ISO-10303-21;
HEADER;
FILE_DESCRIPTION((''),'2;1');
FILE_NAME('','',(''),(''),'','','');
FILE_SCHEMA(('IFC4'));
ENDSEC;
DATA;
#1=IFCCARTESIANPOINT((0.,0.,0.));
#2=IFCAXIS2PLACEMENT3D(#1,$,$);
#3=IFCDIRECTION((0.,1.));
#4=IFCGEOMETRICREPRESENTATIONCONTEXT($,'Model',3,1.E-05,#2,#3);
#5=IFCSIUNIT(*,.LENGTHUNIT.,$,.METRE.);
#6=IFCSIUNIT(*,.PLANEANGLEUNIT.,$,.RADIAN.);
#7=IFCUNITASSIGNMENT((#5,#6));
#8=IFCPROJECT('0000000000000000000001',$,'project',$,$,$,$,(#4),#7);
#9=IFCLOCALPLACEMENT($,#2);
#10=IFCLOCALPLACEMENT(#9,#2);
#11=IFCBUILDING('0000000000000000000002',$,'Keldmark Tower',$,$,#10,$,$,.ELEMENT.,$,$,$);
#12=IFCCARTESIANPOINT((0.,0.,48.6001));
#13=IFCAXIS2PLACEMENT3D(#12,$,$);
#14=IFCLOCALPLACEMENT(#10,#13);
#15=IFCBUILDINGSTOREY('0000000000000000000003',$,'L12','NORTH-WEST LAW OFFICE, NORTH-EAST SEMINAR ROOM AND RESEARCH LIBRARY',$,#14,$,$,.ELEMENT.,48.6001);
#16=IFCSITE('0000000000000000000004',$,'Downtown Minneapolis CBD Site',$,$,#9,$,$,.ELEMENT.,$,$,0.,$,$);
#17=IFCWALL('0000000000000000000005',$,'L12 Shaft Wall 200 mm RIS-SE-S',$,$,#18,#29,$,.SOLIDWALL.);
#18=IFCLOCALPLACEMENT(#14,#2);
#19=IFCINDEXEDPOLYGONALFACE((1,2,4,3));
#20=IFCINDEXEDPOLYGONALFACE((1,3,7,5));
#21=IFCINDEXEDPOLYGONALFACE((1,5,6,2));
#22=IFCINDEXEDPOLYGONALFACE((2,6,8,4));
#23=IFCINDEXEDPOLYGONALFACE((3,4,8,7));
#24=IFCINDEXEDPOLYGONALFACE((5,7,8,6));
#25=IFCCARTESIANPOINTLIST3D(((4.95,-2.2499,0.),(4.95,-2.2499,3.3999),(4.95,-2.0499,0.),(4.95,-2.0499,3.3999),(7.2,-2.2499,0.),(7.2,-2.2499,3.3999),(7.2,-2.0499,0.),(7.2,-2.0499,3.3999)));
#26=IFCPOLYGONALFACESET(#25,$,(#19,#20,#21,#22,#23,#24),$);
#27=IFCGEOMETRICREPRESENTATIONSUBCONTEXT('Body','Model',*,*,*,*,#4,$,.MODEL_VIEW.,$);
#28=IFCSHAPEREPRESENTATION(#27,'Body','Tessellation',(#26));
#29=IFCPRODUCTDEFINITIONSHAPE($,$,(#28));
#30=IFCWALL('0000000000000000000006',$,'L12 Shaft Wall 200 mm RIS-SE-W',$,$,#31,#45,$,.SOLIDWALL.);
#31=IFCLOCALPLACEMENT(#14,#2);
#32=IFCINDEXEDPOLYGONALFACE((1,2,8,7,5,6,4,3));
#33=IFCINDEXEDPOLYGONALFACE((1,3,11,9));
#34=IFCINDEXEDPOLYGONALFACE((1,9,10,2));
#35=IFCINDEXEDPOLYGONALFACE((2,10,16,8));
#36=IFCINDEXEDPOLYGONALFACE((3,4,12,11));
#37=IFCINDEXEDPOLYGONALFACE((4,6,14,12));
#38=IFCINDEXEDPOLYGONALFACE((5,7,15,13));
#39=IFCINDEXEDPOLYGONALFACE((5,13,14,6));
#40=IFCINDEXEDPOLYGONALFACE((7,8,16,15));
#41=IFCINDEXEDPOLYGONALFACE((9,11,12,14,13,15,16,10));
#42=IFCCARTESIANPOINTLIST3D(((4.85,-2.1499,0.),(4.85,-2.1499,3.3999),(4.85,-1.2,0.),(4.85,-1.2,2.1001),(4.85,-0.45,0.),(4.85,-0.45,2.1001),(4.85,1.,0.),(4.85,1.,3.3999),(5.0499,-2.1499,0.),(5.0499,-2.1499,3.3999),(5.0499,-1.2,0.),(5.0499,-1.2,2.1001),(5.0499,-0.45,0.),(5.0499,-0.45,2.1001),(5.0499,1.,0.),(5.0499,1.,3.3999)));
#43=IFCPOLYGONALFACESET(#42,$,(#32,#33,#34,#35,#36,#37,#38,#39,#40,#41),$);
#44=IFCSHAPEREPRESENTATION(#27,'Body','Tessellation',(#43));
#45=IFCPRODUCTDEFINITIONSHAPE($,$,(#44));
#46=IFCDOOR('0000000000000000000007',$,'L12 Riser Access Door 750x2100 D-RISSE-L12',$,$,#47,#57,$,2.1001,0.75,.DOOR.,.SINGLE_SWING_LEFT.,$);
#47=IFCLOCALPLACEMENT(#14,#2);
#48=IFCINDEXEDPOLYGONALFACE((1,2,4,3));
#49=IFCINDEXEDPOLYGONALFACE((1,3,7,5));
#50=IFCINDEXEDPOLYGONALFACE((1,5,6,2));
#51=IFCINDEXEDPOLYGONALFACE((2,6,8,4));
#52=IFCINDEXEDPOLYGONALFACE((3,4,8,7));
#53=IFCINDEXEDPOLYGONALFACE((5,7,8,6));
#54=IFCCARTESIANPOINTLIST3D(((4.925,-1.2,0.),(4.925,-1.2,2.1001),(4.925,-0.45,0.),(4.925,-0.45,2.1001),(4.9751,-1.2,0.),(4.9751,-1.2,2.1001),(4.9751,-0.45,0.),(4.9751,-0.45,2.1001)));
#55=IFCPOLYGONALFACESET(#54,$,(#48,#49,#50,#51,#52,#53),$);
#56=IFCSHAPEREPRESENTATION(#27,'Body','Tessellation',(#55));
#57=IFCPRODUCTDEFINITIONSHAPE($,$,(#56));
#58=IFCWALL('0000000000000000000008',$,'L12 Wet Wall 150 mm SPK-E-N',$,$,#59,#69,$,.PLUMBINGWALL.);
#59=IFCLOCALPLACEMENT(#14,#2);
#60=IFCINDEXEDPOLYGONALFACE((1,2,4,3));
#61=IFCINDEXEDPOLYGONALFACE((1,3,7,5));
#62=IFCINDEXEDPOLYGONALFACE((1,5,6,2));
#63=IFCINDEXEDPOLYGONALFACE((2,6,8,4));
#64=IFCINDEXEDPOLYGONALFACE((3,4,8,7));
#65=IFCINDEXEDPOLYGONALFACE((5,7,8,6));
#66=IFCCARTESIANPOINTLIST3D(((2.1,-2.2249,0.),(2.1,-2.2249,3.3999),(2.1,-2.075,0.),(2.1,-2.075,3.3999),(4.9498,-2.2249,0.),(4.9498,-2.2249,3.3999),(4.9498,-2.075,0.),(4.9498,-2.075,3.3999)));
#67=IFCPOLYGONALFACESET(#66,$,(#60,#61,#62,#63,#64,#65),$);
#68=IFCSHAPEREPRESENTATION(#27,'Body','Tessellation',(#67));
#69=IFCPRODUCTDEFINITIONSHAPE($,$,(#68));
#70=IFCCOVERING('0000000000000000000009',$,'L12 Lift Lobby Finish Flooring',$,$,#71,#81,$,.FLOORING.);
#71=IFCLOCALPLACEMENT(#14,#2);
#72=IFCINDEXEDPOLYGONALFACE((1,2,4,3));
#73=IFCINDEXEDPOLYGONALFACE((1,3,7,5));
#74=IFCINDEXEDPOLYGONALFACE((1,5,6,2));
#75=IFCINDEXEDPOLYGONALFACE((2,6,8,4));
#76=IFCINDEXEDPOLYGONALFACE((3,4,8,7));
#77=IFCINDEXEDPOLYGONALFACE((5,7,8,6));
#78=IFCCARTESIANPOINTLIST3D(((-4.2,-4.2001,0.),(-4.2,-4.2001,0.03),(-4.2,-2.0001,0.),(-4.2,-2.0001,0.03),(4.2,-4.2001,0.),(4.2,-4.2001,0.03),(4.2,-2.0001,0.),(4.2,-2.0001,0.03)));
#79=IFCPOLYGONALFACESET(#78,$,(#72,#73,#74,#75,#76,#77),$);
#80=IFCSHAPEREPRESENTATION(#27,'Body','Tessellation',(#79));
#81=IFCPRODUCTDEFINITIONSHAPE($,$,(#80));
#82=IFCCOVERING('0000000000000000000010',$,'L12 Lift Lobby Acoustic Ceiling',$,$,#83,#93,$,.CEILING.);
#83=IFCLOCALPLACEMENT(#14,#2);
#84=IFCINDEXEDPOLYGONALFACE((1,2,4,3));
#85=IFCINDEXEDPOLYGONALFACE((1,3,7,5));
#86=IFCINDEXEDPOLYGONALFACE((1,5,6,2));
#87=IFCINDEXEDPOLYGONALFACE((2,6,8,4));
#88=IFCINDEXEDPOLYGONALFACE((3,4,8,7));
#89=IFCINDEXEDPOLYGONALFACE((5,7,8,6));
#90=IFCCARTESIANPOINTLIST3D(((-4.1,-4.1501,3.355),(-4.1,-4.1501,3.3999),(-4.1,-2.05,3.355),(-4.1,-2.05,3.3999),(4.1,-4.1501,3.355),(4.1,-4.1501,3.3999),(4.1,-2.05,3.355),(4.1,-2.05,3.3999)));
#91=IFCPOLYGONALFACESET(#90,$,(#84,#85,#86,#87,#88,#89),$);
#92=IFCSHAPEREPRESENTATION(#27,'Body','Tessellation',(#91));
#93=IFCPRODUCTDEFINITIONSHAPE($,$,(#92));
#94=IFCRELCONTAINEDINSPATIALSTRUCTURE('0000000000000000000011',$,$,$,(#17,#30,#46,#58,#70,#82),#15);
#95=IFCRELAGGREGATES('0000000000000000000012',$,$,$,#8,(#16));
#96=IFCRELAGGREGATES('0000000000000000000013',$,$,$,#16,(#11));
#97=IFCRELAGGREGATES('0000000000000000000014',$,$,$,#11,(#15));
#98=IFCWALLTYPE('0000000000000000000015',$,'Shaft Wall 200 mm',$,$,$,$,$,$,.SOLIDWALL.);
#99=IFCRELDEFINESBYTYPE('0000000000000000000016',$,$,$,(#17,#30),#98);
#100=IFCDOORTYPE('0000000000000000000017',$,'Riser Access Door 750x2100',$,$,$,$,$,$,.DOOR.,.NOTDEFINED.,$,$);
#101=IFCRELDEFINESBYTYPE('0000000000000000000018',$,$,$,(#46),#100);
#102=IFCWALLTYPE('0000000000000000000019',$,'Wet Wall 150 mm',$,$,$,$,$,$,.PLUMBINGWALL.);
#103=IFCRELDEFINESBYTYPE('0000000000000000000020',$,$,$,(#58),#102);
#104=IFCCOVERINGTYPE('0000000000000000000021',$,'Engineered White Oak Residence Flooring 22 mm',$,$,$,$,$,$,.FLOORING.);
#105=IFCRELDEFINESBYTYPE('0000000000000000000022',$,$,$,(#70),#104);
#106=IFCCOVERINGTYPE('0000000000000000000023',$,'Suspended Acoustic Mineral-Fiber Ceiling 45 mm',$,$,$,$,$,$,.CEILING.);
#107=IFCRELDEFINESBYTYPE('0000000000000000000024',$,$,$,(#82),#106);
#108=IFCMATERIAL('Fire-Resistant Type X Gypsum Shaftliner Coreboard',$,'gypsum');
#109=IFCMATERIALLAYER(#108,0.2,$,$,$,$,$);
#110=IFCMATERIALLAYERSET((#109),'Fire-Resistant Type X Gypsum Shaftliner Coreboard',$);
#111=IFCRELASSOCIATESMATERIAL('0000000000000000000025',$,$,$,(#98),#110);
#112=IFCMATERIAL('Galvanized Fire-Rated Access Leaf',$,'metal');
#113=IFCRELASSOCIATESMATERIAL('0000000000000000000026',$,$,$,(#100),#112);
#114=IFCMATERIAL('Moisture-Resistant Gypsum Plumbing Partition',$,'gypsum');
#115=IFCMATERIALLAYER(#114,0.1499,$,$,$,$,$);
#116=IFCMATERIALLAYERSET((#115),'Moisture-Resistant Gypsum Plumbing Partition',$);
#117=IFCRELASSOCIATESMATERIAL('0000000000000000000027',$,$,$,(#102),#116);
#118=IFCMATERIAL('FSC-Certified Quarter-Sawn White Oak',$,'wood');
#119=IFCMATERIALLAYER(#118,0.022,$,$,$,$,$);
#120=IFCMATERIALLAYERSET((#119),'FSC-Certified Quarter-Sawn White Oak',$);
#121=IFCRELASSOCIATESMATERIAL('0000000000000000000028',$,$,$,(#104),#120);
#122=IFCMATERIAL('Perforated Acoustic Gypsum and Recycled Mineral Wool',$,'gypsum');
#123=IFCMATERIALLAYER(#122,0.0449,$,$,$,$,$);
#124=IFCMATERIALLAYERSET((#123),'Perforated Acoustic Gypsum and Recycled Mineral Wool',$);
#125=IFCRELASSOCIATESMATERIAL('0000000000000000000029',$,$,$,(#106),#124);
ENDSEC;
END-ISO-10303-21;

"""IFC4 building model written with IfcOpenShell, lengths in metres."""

from ifc_helpers import new_model, si_unit, direction, frame, frame_2d, origin, origin_2d, place, context, subcontext, project, spatial, rectangle, extrude, material, layer, layer_set, type_object, element, fill, save


model = new_model("IFC4")

# Units and contexts
model_context = context("Model", 3, precision=1e-05, world=origin(), true_north=direction((0.0, 1.0)))
body_context = subcontext(model_context, "Body", "Model", "MODEL_VIEW")
ifc_project = project(units=[si_unit("LENGTHUNIT", "METRE"), si_unit("PLANEANGLEUNIT", "RADIAN")], contexts=[model_context])

# Site, building, storey
site_placement = place(None, origin())
site = spatial("IfcSite", under=ifc_project, at=site_placement, Name="Downtown Minneapolis CBD Site", CompositionType="ELEMENT", RefElevation=0.0)
building_placement = place(site_placement, origin())
building = spatial("IfcBuilding", under=site, at=building_placement, Name="Keldmark Tower", CompositionType="ELEMENT")
storey_placement = place(building_placement, frame((0.0, 0.0, 48.6001)))
storey = spatial("IfcBuildingStorey", under=building, at=storey_placement, Name="L12", Description="NORTH-WEST LAW OFFICE, NORTH-EAST SEMINAR ROOM AND RESEARCH LIBRARY", CompositionType="ELEMENT", Elevation=48.6001)

# Wall
ifc_material_1 = material(Name="Fire-Resistant Type X Gypsum Shaftliner Coreboard", Category="gypsum")
ifc_layer_1 = layer(ifc_material_1, 0.2)
ifc_layer_set_1 = layer_set([ifc_layer_1], Name="Fire-Resistant Type X Gypsum Shaftliner Coreboard")
wall_type_1 = type_object("IfcWallType", Name="Shaft Wall 200 mm", PredefinedType="SOLIDWALL", material=ifc_layer_set_1)
wall_1_placement = place(storey_placement, frame((4.95, -2.1499, 0.0), z_axis=(0.0, 0.0, 1.0), x_axis=(1.0, 0.0, 0.0)))
element("IfcWall", 1, at=wall_1_placement, inside=storey, type_object=wall_type_1, Name="L12 Shaft Wall 200 mm RIS-SE-S", PredefinedType="SOLIDWALL", context=body_context, shape_type="SweptSolid", body=[
    extrude(rectangle(XDim=2.25, YDim=0.2, at=frame_2d((1.125, 0.0))), origin(), (0.0, 0.0, 1.0), 3.3999),
])

# Wall, opening, door
wall_2_placement = place(storey_placement, frame((4.95, -2.1499, 0.0), z_axis=(0.0, 0.0, 1.0), x_axis=(0.0, 1.0, 0.0)))
wall_2 = element("IfcWall", 2, at=wall_2_placement, inside=storey, type_object=wall_type_1, Name="L12 Shaft Wall 200 mm RIS-SE-W", PredefinedType="SOLIDWALL", context=body_context, shape_type="SweptSolid", body=[
    extrude(rectangle(XDim=3.1499, YDim=0.2, at=frame_2d((1.575, 0.0))), origin(), (0.0, 0.0, 1.0), 3.3999),
])
opening_1_placement = place(wall_2_placement, frame((0.95, 0.0, 0.0)))
opening_1 = element("IfcOpeningElement", 3, at=opening_1_placement, cuts=wall_2, PredefinedType="OPENING", context=body_context, shape_type="SweptSolid", body=[
    extrude(rectangle(XDim=0.75, YDim=2.1001, at=frame_2d((0.375, 1.05))), frame((0.0, 0.1099, 0.0), z_axis=(0.0, -1.0, 0.0), x_axis=(1.0, 0.0, 0.0)), (0.0, 0.0, 1.0), 0.22),
])
ifc_material_2 = material(Name="Galvanized Fire-Rated Access Leaf", Category="metal")
door_type_1 = type_object("IfcDoorType", Name="Riser Access Door 750x2100", OperationType="NOTDEFINED", PredefinedType="DOOR", material=ifc_material_2)
door_1_placement = place(opening_1_placement, origin())
door_1 = element("IfcDoor", 4, at=door_1_placement, inside=storey, type_object=door_type_1, Name="L12 Riser Access Door 750x2100 D-RISSE-L12", OperationType="SINGLE_SWING_LEFT", OverallHeight=2.1001, OverallWidth=0.75, PredefinedType="DOOR", context=body_context, shape_type="SweptSolid", body=[
    extrude(rectangle(XDim=0.75, YDim=2.1001, at=frame_2d((0.375, 1.05))), frame((0.0, 0.0249, 0.0), z_axis=(0.0, -1.0, 0.0), x_axis=(1.0, 0.0, 0.0)), (0.0, 0.0, 1.0), 0.05),
])
fill(opening_1, door_1)

# Wall
ifc_material_3 = material(Name="Moisture-Resistant Gypsum Plumbing Partition", Category="gypsum")
ifc_layer_2 = layer(ifc_material_3, 0.1499)
ifc_layer_set_2 = layer_set([ifc_layer_2], Name="Moisture-Resistant Gypsum Plumbing Partition")
wall_type_2 = type_object("IfcWallType", Name="Wet Wall 150 mm", PredefinedType="PLUMBINGWALL", material=ifc_layer_set_2)
wall_3_placement = place(storey_placement, frame((2.1001, -2.1499, 0.0), z_axis=(0.0, 0.0, 1.0), x_axis=(1.0, 0.0, 0.0)))
element("IfcWall", 5, at=wall_3_placement, inside=storey, type_object=wall_type_2, Name="L12 Wet Wall 150 mm SPK-E-N", PredefinedType="PLUMBINGWALL", context=body_context, shape_type="SweptSolid", body=[
    extrude(rectangle(XDim=2.8499, YDim=0.1499, at=frame_2d((1.4248, 0.0))), origin(), (0.0, 0.0, 1.0), 3.3999),
])

# Coverings
ifc_material_4 = material(Name="FSC-Certified Quarter-Sawn White Oak", Category="wood")
ifc_layer_3 = layer(ifc_material_4, 0.022)
ifc_layer_set_3 = layer_set([ifc_layer_3], Name="FSC-Certified Quarter-Sawn White Oak")
covering_type_1 = type_object("IfcCoveringType", Name="Engineered White Oak Residence Flooring 22 mm", PredefinedType="FLOORING", material=ifc_layer_set_3)
covering_1_placement = place(storey_placement, frame((0.0, -3.1001, 0.0), z_axis=(0.0, 0.0, 1.0), x_axis=(1.0, 0.0, 0.0)))
element("IfcCovering", 6, at=covering_1_placement, inside=storey, type_object=covering_type_1, Name="L12 Lift Lobby Finish Flooring", PredefinedType="FLOORING", context=body_context, shape_type="SweptSolid", body=[
    extrude(rectangle(XDim=8.3999, YDim=2.2, at=origin_2d()), origin(), (0.0, 0.0, 1.0), 0.03),
])
ifc_material_5 = material(Name="Perforated Acoustic Gypsum and Recycled Mineral Wool", Category="gypsum")
ifc_layer_4 = layer(ifc_material_5, 0.0449)
ifc_layer_set_4 = layer_set([ifc_layer_4], Name="Perforated Acoustic Gypsum and Recycled Mineral Wool")
covering_type_2 = type_object("IfcCoveringType", Name="Suspended Acoustic Mineral-Fiber Ceiling 45 mm", PredefinedType="CEILING", material=ifc_layer_set_4)
covering_2_placement = place(storey_placement, frame((0.0, -3.1001, 3.355), z_axis=(0.0, 0.0, 1.0), x_axis=(1.0, 0.0, 0.0)))
element("IfcCovering", 7, at=covering_2_placement, inside=storey, type_object=covering_type_2, Name="L12 Lift Lobby Acoustic Ceiling", PredefinedType="CEILING", context=body_context, shape_type="SweptSolid", body=[
    extrude(rectangle(XDim=8.2, YDim=2.1001, at=origin_2d()), origin(), (0.0, 0.0, 1.0), 0.0449),
])

save(model, "model.ifc")
